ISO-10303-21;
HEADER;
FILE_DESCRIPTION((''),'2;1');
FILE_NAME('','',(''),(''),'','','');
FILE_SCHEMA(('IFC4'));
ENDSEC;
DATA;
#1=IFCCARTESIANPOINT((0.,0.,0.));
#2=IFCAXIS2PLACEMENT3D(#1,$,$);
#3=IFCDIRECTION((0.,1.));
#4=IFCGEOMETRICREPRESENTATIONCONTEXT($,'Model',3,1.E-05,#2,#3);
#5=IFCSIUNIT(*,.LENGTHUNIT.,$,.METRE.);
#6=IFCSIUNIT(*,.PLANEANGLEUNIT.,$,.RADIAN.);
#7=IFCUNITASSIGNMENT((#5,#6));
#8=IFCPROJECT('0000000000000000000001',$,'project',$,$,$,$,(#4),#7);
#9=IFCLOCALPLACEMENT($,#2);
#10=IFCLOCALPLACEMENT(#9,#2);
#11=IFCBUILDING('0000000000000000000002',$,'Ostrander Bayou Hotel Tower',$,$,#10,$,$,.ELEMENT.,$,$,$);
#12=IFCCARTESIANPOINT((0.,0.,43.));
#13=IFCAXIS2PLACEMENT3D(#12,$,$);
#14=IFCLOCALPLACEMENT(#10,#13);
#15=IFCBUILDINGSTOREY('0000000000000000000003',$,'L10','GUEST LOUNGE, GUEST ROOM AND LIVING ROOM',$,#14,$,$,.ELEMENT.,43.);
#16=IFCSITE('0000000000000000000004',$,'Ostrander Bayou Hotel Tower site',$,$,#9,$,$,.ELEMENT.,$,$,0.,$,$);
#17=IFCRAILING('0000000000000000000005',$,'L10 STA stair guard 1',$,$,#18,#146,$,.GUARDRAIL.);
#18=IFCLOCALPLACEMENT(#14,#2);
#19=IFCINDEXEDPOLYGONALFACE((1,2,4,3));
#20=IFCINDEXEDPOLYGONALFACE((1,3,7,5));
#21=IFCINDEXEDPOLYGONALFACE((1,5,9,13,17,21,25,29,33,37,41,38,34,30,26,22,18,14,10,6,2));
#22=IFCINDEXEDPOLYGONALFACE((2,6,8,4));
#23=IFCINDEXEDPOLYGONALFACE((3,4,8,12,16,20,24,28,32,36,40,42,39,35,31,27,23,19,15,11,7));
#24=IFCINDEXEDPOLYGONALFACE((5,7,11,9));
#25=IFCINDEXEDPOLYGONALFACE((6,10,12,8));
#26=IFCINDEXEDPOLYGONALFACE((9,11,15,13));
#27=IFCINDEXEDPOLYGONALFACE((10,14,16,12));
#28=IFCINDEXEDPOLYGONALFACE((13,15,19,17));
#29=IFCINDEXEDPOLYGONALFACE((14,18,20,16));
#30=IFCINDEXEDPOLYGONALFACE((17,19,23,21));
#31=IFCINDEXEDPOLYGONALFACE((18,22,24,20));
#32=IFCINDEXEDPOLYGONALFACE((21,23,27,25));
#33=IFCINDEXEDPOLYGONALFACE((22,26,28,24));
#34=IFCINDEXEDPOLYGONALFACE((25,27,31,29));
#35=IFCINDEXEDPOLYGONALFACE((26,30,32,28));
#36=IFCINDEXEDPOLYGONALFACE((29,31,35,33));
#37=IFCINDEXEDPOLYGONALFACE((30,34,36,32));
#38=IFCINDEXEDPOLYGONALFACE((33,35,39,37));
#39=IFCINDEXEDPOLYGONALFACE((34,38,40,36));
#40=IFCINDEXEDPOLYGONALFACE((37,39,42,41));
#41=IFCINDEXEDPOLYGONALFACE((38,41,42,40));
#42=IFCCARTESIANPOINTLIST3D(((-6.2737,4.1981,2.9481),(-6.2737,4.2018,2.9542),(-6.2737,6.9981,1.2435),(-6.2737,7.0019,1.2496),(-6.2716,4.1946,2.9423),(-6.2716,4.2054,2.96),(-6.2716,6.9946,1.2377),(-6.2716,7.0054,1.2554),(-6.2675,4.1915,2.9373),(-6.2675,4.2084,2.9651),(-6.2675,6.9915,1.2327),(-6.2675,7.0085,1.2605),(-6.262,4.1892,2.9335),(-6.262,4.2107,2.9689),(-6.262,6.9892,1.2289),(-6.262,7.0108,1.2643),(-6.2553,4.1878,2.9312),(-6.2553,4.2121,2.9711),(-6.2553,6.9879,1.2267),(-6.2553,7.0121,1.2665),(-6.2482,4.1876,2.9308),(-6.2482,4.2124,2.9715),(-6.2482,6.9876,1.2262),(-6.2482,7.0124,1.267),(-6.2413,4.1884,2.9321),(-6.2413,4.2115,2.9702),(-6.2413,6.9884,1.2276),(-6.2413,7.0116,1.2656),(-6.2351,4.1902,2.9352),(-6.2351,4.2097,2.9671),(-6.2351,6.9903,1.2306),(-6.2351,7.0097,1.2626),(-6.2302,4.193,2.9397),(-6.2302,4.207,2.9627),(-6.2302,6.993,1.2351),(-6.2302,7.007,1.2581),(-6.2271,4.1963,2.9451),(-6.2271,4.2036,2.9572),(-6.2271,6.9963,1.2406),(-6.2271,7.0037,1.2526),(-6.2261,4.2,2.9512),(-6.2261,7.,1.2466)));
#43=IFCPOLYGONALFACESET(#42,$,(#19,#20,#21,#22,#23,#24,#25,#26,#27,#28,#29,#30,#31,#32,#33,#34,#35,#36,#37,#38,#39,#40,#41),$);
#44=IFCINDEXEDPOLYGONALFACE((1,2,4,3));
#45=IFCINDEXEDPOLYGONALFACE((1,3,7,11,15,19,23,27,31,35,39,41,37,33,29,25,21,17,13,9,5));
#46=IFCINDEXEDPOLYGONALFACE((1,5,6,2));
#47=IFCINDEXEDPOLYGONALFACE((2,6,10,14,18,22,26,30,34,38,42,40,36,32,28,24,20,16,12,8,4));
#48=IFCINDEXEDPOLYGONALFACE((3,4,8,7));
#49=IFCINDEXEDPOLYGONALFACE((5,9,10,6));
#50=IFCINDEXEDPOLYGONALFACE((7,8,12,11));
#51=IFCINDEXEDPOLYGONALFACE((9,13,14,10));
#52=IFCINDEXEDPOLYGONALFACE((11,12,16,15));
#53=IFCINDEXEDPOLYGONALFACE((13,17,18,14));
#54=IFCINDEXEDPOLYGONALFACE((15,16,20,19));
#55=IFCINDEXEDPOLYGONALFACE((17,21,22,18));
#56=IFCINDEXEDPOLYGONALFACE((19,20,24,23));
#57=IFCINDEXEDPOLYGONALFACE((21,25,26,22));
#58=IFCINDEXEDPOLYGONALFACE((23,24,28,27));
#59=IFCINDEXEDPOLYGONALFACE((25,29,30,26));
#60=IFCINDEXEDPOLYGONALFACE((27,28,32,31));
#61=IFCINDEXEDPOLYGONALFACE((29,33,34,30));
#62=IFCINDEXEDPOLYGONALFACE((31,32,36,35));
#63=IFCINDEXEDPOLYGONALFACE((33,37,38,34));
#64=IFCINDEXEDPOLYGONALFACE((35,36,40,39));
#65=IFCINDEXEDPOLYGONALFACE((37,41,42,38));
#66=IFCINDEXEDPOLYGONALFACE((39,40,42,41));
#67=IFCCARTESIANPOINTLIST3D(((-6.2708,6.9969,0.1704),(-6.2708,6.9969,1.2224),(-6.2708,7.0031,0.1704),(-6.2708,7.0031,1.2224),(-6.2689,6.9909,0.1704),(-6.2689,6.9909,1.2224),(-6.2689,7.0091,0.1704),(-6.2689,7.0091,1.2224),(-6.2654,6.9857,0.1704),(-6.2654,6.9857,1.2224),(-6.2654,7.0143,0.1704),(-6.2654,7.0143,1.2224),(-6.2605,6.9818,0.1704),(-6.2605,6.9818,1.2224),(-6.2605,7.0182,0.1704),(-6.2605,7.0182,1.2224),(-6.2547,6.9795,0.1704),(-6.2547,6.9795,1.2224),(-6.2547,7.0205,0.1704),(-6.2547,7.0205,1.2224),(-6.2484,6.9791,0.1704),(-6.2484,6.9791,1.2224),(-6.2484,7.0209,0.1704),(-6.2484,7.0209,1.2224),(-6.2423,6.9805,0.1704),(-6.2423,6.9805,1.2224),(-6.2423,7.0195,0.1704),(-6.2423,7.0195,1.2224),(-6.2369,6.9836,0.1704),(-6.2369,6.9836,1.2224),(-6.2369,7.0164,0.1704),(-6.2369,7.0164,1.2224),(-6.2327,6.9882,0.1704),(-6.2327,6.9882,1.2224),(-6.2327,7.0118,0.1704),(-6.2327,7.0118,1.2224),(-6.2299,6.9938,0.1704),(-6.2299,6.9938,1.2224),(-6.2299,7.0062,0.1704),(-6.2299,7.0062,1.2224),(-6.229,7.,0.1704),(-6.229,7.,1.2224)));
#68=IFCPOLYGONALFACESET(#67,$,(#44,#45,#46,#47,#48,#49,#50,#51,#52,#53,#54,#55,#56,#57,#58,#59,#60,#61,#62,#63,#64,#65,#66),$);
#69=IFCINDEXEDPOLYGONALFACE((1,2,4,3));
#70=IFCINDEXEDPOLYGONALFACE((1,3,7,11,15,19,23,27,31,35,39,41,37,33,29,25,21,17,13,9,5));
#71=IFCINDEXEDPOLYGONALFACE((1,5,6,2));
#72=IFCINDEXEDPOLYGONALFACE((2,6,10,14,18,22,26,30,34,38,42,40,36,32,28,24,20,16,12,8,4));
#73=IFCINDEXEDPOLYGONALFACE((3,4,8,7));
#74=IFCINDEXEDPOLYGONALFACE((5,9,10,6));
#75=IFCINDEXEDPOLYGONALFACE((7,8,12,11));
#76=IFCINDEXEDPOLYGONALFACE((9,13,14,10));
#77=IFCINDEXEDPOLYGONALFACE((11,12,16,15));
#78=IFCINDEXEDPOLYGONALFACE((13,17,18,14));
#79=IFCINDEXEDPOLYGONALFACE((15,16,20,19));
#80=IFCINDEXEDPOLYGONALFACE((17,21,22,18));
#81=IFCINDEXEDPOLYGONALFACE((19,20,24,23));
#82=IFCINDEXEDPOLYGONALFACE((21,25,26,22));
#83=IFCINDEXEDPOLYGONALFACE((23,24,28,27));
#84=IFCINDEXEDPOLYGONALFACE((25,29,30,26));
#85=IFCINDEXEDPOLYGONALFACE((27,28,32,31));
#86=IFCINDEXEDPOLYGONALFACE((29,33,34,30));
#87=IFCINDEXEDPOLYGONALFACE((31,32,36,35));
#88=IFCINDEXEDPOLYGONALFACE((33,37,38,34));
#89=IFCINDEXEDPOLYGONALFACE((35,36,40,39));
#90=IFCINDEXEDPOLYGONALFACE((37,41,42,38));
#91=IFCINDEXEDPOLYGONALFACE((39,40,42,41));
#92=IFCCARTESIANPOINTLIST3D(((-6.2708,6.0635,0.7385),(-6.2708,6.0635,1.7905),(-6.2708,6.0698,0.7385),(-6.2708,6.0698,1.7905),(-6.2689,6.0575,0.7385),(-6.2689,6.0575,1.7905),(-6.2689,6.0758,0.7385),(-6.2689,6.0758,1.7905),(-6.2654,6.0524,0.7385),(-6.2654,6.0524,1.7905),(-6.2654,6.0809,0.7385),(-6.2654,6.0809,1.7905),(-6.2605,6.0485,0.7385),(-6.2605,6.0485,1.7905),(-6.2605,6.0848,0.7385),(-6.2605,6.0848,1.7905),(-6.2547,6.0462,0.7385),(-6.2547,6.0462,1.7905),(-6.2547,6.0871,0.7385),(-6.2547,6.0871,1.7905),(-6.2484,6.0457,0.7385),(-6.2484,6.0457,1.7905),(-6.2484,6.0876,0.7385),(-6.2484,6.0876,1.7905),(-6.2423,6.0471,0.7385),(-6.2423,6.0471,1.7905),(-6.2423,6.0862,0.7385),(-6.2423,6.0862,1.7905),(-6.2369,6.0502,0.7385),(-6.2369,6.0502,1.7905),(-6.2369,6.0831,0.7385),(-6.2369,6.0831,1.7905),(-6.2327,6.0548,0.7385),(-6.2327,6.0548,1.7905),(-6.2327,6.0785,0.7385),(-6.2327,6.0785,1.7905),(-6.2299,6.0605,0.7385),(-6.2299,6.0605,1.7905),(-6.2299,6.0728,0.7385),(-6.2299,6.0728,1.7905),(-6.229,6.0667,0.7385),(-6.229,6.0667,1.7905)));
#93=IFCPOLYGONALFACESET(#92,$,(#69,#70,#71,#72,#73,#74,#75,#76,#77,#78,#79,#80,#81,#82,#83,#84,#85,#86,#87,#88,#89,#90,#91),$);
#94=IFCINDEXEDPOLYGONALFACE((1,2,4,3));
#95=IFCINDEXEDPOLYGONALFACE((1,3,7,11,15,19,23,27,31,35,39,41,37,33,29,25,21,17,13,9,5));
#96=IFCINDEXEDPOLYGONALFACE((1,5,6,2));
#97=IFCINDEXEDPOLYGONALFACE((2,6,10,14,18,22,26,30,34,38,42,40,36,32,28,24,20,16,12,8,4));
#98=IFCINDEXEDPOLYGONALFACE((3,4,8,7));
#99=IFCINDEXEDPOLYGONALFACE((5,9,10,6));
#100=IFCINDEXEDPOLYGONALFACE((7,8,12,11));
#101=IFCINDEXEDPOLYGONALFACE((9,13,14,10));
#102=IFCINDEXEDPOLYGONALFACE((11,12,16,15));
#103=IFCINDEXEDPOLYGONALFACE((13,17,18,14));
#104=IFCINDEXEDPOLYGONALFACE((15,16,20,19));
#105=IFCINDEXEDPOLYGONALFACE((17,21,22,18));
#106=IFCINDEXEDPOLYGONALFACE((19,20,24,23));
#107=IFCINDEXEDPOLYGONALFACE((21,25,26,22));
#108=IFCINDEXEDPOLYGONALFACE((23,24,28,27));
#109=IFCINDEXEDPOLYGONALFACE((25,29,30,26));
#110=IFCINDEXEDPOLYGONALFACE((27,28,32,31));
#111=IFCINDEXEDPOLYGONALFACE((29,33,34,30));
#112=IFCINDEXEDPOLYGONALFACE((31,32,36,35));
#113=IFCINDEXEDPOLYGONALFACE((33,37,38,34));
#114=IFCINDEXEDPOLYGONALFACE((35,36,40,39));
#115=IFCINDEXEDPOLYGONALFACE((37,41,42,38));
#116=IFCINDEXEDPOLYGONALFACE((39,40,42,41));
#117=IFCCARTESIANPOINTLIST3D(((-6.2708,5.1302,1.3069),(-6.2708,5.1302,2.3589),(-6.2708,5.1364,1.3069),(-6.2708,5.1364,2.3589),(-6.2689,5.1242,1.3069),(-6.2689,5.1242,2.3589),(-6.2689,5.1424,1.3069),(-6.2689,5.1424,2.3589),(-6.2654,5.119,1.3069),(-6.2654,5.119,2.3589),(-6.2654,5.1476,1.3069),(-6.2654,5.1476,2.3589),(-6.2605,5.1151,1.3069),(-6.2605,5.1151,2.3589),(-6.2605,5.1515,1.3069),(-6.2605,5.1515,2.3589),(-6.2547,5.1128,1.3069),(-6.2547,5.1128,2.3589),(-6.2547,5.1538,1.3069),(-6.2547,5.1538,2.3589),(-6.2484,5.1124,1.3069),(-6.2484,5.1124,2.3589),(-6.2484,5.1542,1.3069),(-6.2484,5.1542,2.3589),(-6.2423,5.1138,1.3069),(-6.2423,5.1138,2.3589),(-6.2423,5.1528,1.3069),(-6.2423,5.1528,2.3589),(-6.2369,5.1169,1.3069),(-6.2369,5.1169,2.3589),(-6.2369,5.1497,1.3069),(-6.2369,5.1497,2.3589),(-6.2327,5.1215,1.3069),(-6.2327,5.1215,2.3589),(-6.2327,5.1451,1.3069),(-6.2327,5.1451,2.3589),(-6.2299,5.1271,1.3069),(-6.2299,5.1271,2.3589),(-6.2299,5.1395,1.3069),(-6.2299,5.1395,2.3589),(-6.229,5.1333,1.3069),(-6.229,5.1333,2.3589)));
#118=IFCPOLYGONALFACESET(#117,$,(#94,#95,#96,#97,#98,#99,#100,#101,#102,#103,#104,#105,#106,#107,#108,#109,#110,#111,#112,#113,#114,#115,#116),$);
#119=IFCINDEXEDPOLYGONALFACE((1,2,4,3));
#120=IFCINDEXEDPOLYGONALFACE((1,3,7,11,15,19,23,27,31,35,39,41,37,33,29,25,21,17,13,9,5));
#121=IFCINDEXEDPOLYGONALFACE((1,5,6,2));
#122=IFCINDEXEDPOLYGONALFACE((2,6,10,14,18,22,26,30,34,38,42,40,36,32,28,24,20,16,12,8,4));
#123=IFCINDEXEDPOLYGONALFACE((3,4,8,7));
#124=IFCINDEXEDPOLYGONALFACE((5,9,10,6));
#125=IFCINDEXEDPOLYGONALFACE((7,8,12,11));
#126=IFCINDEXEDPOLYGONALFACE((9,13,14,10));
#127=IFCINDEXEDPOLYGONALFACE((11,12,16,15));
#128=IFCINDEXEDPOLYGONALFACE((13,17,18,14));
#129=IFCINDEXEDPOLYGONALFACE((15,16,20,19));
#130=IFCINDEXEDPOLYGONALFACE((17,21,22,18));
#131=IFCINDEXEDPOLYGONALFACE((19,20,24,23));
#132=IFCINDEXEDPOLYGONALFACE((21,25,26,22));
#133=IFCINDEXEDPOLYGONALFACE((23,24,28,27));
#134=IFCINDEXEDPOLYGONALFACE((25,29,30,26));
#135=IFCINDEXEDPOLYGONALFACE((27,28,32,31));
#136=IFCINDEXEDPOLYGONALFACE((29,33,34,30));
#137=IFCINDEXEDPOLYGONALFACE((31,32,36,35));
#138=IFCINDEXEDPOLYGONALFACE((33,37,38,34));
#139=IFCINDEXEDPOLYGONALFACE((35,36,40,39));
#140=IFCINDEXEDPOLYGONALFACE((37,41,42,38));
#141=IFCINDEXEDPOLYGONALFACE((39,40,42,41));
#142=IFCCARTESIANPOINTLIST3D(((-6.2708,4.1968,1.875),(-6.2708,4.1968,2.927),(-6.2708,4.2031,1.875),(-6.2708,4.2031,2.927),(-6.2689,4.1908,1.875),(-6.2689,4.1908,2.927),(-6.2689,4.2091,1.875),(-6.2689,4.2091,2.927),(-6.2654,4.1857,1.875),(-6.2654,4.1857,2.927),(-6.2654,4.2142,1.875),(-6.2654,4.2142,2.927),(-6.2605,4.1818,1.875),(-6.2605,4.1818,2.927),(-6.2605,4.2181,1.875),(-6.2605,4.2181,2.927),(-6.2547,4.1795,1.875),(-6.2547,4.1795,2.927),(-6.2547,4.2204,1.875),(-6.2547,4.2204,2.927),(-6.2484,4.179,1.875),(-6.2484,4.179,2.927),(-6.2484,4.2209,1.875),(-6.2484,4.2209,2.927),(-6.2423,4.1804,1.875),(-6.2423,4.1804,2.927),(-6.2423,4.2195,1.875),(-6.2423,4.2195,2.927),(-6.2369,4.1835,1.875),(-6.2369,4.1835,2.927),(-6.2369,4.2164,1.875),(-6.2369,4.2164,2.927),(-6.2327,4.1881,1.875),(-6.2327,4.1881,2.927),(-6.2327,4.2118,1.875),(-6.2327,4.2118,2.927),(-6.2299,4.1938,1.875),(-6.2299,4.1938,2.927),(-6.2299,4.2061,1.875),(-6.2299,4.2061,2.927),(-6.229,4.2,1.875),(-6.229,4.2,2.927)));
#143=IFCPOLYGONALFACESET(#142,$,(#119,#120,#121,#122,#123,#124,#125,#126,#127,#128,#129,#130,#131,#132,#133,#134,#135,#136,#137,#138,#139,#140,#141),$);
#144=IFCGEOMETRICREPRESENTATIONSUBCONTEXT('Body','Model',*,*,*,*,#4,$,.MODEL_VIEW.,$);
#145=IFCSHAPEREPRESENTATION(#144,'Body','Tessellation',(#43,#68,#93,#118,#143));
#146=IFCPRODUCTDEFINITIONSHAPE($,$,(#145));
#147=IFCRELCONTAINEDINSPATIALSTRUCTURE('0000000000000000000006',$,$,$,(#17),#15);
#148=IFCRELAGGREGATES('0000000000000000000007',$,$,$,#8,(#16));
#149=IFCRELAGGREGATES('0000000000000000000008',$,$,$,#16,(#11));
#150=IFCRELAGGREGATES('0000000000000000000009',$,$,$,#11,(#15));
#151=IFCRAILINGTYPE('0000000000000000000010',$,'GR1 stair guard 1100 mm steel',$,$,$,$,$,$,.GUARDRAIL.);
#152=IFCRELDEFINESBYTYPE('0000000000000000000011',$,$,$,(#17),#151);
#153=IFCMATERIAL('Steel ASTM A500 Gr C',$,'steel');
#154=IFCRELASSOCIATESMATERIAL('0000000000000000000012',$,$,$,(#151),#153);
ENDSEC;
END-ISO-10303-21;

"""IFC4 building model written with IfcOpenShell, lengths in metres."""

from ifc_helpers import new_model, si_unit, direction, frame, origin, origin_2d, place, context, subcontext, project, spatial, circle, extrude, material, type_object, element, save


model = new_model("IFC4")

# Units and contexts
model_context = context("Model", 3, precision=1e-05, world=origin(), true_north=direction((0.0, 1.0)))
body_context = subcontext(model_context, "Body", "Model", "MODEL_VIEW")
ifc_project = project(units=[si_unit("LENGTHUNIT", "METRE"), si_unit("PLANEANGLEUNIT", "RADIAN")], contexts=[model_context])

# Site, building, storey
site_placement = place(None, origin())
site = spatial("IfcSite", under=ifc_project, at=site_placement, Name="Ostrander Bayou Hotel Tower site", CompositionType="ELEMENT", RefElevation=0.0)
building_placement = place(site_placement, origin())
building = spatial("IfcBuilding", under=site, at=building_placement, Name="Ostrander Bayou Hotel Tower", CompositionType="ELEMENT")
storey_placement = place(building_placement, frame((0.0, 0.0, 43.0)))
storey = spatial("IfcBuildingStorey", under=building, at=storey_placement, Name="L10", Description="GUEST LOUNGE, GUEST ROOM AND LIVING ROOM", CompositionType="ELEMENT", Elevation=43.0)

# Railing
ifc_material_1 = material(Name="Steel ASTM A500 Gr C", Category="steel")
railing_type = type_object("IfcRailingType", Name="GR1 stair guard 1100 mm steel", PredefinedType="GUARDRAIL", material=ifc_material_1)
railing_1_placement = place(storey_placement, frame((-6.25, 7.0, 0.1704)))
element("IfcRailing", 1, at=railing_1_placement, inside=storey, type_object=railing_type, Name="L10 STA stair guard 1", PredefinedType="GUARDRAIL", context=body_context, shape_type="SweptSolid", body=[
    extrude(circle(Radius=0.0239, at=origin_2d()), frame((0.0, 0.0, 1.0762), z_axis=(0.0, -0.85417, 0.519994), x_axis=(1.0, 0.0, 0.0)), (0.0, 0.0, 1.0), 3.2781),
    extrude(circle(Radius=0.021, at=origin_2d()), origin(), (0.0, 0.0, 1.0), 1.052),
    extrude(circle(Radius=0.021, at=origin_2d()), frame((0.0, -0.9333, 0.5681)), (0.0, 0.0, 1.0), 1.052),
    extrude(circle(Radius=0.021, at=origin_2d()), frame((0.0, -1.8667, 1.1365)), (0.0, 0.0, 1.0), 1.052),
    extrude(circle(Radius=0.021, at=origin_2d()), frame((0.0, -2.8, 1.7046)), (0.0, 0.0, 1.0), 1.052),
])

save(model, "model.ifc")
